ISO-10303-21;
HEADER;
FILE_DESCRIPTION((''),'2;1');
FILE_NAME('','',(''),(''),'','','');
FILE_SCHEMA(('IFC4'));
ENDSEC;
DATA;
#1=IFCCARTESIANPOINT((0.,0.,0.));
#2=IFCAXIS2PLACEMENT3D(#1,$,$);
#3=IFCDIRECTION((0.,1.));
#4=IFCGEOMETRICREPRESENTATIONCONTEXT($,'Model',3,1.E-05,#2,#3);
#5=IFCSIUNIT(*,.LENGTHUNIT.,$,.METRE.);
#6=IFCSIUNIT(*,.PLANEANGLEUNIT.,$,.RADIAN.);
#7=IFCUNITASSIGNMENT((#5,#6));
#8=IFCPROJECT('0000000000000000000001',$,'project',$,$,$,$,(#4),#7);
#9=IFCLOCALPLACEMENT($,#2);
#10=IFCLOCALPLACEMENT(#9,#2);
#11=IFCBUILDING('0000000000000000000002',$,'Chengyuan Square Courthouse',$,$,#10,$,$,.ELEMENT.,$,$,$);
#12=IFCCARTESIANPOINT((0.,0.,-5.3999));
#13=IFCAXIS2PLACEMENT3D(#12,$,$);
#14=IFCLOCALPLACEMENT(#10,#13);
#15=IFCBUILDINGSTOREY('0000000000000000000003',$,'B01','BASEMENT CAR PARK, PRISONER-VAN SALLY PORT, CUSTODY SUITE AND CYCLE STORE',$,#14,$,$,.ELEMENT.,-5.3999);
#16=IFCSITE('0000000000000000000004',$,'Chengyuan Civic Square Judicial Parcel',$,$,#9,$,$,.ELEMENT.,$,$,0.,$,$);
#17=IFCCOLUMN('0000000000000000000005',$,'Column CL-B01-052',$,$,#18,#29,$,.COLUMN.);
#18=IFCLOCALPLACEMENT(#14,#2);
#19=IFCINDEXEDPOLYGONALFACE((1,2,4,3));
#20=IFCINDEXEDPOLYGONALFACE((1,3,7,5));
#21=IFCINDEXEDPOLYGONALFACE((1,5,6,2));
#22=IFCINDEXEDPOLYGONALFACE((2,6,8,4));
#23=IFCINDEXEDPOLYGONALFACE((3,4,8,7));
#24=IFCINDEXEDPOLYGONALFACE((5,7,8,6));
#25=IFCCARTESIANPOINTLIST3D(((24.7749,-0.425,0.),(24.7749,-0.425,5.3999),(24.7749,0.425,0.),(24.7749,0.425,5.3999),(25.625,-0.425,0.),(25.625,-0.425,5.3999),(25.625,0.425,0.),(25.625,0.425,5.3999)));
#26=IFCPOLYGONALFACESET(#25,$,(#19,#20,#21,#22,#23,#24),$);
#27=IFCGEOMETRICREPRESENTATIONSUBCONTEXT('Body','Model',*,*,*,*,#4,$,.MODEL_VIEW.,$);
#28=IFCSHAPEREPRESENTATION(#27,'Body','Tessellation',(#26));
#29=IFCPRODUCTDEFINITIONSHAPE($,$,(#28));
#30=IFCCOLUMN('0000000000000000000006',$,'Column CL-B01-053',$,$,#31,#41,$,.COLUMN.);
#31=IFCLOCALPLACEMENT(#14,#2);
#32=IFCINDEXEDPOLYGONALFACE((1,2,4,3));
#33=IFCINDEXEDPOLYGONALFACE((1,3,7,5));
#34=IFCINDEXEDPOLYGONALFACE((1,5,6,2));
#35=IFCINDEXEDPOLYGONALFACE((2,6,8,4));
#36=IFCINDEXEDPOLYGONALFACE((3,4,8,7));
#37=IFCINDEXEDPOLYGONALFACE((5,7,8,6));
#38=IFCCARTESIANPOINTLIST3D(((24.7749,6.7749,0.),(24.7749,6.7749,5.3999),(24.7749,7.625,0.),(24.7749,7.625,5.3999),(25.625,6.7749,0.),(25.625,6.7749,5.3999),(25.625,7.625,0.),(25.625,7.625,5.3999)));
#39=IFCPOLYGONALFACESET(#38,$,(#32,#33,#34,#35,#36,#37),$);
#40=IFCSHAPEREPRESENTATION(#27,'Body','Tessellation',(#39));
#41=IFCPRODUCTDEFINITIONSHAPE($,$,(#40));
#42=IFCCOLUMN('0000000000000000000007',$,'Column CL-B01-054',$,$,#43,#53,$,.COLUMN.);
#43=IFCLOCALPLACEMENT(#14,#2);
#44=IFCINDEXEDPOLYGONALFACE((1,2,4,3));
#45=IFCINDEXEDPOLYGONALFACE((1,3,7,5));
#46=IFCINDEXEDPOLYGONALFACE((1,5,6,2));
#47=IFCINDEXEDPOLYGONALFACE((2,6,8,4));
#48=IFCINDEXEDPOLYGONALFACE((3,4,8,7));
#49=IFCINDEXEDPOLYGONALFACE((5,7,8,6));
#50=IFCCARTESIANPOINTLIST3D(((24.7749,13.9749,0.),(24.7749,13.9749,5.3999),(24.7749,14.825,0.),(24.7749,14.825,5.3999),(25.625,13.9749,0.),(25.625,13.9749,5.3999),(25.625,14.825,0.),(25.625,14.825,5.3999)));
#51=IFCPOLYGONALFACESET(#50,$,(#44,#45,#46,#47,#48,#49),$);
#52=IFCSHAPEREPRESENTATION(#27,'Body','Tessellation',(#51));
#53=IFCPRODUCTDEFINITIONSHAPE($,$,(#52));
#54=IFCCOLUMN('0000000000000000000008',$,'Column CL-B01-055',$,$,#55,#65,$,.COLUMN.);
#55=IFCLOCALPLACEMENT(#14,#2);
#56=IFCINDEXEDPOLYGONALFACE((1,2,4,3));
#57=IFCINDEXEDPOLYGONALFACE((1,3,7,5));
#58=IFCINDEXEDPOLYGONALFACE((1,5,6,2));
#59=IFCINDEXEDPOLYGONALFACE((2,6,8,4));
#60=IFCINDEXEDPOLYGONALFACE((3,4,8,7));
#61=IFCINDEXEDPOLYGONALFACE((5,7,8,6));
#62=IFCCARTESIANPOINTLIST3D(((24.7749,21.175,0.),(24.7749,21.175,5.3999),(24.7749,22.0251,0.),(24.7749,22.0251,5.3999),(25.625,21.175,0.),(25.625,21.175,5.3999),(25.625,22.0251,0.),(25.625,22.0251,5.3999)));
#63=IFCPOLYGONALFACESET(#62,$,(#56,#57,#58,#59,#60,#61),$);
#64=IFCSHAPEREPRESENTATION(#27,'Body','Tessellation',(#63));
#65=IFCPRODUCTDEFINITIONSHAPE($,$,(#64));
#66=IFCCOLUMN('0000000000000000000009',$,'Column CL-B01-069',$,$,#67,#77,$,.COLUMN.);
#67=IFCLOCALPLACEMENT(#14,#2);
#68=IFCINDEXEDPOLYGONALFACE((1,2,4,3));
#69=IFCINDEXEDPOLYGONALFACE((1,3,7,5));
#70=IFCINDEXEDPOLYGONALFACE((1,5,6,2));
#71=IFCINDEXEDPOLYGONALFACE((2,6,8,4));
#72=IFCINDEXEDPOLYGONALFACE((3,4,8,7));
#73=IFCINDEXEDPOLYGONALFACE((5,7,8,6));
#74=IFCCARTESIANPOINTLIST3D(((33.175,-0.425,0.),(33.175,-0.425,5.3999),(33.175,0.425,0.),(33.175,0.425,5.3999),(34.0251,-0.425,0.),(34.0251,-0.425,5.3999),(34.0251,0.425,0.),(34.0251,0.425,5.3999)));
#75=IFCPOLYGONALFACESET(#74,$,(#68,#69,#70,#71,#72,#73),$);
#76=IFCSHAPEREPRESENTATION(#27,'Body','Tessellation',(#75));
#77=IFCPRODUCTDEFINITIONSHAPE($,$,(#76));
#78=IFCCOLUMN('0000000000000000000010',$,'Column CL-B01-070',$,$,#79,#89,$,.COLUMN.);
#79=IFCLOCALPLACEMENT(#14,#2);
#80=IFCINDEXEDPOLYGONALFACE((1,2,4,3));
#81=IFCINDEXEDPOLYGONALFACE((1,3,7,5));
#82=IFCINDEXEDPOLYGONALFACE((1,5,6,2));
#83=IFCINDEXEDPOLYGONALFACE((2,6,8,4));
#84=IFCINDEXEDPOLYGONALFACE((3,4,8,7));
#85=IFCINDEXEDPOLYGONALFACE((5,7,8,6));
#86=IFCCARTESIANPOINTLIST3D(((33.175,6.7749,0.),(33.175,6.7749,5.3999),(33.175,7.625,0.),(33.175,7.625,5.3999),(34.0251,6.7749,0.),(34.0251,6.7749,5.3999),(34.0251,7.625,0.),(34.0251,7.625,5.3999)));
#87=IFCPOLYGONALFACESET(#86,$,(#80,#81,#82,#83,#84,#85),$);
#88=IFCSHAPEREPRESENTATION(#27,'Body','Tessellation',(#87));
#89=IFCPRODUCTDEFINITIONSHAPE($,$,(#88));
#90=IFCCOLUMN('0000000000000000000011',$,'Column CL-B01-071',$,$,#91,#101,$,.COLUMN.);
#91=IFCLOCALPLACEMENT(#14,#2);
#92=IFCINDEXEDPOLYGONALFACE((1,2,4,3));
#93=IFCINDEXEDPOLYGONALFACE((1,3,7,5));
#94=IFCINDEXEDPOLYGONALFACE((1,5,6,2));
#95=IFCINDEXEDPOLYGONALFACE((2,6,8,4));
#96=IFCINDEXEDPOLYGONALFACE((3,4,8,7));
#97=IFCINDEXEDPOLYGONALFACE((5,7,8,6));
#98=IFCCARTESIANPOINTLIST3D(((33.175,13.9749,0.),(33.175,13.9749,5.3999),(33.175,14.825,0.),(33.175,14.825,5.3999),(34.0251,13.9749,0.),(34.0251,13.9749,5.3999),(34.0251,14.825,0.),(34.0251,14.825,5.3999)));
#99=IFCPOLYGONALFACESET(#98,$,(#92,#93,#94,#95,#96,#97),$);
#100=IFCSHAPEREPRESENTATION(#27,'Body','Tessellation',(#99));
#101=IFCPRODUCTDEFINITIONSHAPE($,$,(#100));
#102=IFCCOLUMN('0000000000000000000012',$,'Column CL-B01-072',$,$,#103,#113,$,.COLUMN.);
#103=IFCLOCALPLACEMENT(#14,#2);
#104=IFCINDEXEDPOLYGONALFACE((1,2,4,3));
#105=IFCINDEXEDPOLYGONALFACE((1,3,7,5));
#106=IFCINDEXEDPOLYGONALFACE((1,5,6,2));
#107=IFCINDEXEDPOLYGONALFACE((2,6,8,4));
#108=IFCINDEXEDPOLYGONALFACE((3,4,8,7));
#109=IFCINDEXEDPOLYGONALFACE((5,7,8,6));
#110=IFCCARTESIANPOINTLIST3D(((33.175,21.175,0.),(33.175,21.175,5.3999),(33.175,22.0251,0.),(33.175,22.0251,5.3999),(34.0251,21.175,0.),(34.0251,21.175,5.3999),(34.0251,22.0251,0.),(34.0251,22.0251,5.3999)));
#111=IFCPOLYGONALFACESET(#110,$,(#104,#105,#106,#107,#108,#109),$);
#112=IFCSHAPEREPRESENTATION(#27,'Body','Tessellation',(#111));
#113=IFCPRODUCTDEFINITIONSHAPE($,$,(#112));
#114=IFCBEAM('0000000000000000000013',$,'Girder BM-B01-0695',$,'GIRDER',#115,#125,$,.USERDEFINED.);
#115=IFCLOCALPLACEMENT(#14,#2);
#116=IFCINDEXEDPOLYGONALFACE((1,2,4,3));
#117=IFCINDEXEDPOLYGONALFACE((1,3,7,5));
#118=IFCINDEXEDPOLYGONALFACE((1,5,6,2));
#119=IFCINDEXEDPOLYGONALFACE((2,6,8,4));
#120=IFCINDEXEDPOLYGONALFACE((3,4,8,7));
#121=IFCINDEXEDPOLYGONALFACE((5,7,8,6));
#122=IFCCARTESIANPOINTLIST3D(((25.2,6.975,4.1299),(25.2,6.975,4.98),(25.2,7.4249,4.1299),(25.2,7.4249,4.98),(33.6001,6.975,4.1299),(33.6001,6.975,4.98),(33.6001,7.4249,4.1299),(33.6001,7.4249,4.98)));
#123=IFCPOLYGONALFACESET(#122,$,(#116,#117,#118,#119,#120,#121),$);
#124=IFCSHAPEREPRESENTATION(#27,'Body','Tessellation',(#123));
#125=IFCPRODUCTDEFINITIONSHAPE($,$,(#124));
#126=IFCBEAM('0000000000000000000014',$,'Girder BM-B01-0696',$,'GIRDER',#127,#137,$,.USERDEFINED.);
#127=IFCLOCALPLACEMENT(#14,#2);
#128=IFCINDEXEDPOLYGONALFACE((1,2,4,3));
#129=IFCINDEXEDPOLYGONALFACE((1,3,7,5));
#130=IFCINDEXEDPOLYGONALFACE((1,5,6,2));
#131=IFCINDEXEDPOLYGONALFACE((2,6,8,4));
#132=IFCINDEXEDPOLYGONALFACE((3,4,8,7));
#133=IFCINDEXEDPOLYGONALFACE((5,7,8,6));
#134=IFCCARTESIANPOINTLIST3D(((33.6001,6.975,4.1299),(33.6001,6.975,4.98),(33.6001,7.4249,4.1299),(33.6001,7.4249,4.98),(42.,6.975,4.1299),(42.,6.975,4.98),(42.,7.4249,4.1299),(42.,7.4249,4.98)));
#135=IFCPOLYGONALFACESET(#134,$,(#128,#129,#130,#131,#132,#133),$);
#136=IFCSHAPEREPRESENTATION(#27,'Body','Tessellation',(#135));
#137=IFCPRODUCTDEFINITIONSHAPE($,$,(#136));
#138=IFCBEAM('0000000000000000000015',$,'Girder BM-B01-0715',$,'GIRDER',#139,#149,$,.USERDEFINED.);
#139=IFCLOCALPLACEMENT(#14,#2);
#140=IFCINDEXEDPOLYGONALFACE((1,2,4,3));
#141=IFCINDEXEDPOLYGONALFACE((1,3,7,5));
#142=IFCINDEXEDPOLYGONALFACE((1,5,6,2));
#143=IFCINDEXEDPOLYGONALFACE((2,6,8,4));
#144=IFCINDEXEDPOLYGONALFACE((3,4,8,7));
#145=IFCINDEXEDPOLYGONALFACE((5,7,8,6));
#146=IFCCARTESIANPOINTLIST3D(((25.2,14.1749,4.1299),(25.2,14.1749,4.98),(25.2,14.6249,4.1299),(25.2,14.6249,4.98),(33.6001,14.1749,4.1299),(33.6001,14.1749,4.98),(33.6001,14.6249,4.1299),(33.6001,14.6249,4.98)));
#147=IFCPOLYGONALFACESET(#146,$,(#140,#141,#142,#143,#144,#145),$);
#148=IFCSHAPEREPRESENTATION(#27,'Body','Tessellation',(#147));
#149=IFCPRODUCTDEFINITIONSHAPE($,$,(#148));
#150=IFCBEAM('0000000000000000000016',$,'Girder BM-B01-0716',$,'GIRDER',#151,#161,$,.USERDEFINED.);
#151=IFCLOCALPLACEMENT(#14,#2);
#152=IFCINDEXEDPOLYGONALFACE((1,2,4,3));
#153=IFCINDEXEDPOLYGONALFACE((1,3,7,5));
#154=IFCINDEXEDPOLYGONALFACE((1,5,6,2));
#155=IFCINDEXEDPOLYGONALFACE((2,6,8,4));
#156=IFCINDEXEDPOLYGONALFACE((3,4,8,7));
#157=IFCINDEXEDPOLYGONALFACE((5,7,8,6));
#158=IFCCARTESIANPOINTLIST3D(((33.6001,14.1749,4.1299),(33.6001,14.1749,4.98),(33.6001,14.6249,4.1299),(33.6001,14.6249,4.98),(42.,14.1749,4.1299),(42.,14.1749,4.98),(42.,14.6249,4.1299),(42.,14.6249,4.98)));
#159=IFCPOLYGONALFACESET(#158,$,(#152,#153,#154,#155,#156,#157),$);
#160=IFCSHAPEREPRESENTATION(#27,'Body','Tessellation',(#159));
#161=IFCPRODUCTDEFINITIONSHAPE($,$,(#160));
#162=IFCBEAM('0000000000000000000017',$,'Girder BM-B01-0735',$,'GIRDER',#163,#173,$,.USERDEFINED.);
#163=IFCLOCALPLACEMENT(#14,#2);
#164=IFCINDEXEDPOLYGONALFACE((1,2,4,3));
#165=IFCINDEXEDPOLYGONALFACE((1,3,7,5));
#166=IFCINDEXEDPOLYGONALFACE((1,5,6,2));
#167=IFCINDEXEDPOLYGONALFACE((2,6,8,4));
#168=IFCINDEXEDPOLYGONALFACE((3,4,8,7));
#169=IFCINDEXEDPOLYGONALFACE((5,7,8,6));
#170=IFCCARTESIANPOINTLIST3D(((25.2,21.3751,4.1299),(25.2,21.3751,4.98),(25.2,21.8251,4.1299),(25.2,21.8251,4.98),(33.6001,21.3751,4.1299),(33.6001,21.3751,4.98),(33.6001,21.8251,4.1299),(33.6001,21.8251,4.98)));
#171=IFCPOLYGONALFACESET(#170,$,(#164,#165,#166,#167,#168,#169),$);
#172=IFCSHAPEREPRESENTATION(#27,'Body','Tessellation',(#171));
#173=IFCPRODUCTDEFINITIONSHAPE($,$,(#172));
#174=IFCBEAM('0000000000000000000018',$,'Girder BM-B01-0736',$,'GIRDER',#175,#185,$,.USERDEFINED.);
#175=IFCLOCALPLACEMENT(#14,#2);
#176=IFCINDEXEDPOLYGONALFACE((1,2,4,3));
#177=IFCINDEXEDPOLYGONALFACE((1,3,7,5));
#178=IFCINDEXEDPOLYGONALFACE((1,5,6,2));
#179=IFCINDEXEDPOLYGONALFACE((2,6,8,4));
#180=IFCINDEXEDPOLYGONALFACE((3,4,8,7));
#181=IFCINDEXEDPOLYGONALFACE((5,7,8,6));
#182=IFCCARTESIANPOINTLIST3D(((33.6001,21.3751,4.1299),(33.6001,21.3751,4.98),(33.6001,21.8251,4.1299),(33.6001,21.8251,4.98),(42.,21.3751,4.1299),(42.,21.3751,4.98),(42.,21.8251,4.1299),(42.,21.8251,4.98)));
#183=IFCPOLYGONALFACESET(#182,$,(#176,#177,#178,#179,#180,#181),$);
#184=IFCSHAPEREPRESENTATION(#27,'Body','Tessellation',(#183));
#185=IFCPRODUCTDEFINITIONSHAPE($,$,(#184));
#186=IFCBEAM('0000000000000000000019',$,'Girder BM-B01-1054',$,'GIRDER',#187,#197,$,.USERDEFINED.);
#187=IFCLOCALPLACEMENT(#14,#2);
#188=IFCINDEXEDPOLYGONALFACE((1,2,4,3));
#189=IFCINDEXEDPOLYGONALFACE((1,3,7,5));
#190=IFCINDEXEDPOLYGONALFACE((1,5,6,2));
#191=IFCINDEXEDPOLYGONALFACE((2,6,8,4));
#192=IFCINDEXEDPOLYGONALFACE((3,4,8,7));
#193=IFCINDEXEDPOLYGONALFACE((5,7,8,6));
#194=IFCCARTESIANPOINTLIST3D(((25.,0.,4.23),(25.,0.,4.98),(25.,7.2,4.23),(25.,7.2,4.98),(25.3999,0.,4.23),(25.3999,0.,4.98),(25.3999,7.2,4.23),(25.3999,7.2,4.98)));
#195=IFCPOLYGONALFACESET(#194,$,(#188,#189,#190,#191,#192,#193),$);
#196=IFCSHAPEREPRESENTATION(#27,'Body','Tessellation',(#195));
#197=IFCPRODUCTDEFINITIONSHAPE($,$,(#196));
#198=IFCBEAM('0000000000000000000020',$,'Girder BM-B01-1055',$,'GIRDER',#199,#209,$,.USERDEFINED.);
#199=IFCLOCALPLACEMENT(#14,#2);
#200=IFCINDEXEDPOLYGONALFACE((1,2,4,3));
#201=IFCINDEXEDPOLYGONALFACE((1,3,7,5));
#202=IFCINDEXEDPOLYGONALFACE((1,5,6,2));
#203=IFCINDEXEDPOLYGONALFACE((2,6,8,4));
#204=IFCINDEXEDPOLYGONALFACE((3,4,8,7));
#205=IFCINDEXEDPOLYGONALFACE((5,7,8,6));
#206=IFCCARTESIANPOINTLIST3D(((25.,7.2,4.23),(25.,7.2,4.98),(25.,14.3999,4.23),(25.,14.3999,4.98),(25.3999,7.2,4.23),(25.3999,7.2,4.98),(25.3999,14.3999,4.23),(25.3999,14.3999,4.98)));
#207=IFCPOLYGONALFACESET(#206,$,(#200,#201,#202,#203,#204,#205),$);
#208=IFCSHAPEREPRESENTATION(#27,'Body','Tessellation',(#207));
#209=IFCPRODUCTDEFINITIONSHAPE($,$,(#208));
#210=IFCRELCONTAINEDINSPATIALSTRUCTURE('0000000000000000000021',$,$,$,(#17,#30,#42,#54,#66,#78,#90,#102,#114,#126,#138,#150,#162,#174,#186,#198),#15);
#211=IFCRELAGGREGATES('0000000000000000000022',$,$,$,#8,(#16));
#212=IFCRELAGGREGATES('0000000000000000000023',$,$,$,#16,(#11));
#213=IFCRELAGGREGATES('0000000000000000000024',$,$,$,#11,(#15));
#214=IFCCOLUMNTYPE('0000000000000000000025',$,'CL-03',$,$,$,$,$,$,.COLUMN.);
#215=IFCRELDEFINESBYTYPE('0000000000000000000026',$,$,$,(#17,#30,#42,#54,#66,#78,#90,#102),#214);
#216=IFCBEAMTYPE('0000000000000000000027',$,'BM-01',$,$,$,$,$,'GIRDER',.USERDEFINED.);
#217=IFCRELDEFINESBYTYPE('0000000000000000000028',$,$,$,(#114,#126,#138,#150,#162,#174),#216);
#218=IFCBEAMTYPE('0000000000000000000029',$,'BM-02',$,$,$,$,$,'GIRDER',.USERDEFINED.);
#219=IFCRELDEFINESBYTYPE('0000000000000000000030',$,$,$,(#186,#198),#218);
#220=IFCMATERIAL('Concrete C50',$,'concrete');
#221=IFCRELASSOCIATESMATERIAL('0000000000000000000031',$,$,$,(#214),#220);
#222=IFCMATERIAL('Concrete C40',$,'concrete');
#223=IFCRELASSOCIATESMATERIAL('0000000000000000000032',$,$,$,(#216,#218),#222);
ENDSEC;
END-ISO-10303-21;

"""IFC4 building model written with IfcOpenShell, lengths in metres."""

from ifc_helpers import new_model, si_unit, direction, frame, origin, origin_2d, place, context, subcontext, project, spatial, rectangle, extrude, material, material_profile, profile_set, type_object, element, save


model = new_model("IFC4")

# Units and contexts
model_context = context("Model", 3, precision=1e-05, world=origin(), true_north=direction((0.0, 1.0)))
body_context = subcontext(model_context, "Body", "Model", "MODEL_VIEW")
ifc_project = project(units=[si_unit("LENGTHUNIT", "METRE"), si_unit("PLANEANGLEUNIT", "RADIAN")], contexts=[model_context])

# Site, building, storey
site_placement = place(None, origin())
site = spatial("IfcSite", under=ifc_project, at=site_placement, Name="Chengyuan Civic Square Judicial Parcel", CompositionType="ELEMENT", RefElevation=0.0)
building_placement = place(site_placement, origin())
building = spatial("IfcBuilding", under=site, at=building_placement, Name="Chengyuan Square Courthouse", CompositionType="ELEMENT")
storey_placement = place(building_placement, frame((0.0, 0.0, -5.3999)))
storey = spatial("IfcBuildingStorey", under=building, at=storey_placement, Name="B01", Description="BASEMENT CAR PARK, PRISONER-VAN SALLY PORT, CUSTODY SUITE AND CYCLE STORE", CompositionType="ELEMENT", Elevation=-5.3999)

# Columns
ifc_material_1 = material(Name="Concrete C50", Category="concrete")
ifc_material_profile_1 = material_profile(ifc_material_1, rectangle(XDim=0.8501, YDim=0.8501, at=origin_2d()), Name="RC-COL-850x850")
ifc_profile_set_1 = profile_set([ifc_material_profile_1], Name="Concrete C50")
column_type = type_object("IfcColumnType", Name="CL-03", PredefinedType="COLUMN", material=ifc_profile_set_1)
for number, where, z_axis, x_axis, name in (
    (1, (25.2, 0.0, 0.0), (0.0, 0.0, 1.0), (1.0, 0.0, 0.0), "Column CL-B01-052"),
    (2, (25.2, 7.2, 0.0), (0.0, 0.0, 1.0), (1.0, 0.0, 0.0), "Column CL-B01-053"),
    (3, (25.2, 14.3999, 0.0), (0.0, 0.0, 1.0), (1.0, 0.0, 0.0), "Column CL-B01-054"),
    (4, (25.2, 21.6001, 0.0), (0.0, 0.0, 1.0), (1.0, 0.0, 0.0), "Column CL-B01-055"),
    (5, (33.6001, 0.0, 0.0), (0.0, 0.0, 1.0), (1.0, 0.0, 0.0), "Column CL-B01-069"),
    (6, (33.6001, 7.2, 0.0), (0.0, 0.0, 1.0), (1.0, 0.0, 0.0), "Column CL-B01-070"),
    (7, (33.6001, 14.3999, 0.0), (0.0, 0.0, 1.0), (1.0, 0.0, 0.0), "Column CL-B01-071"),
    (8, (33.6001, 21.6001, 0.0), (0.0, 0.0, 1.0), (1.0, 0.0, 0.0), "Column CL-B01-072"),
):
    element("IfcColumn", number, at=place(storey_placement, frame(where, z_axis=z_axis, x_axis=x_axis)), inside=storey, type_object=column_type, Name=name, PredefinedType="COLUMN", context=body_context, shape_type="SweptSolid", body=[
        extrude(rectangle(XDim=0.8501, YDim=0.8501, at=origin_2d()), origin(), (0.0, 0.0, 1.0), 5.3999),
    ])

# Beams
ifc_material_2 = material(Name="Concrete C40", Category="concrete")
ifc_material_profile_2 = material_profile(ifc_material_2, rectangle(XDim=0.45, YDim=0.8501, at=origin_2d()), Name="RC-BM-450x850")
ifc_profile_set_2 = profile_set([ifc_material_profile_2], Name="Concrete C40")
beam_type_1 = type_object("IfcBeamType", Name="BM-01", ElementType="GIRDER", PredefinedType="USERDEFINED", material=ifc_profile_set_2)
beam_1_placement = place(storey_placement, frame((25.2, 7.2, 4.5549), z_axis=(1.0, 0.0, 0.0), x_axis=(0.0, 1.0, 0.0)))
element("IfcBeam", 9, at=beam_1_placement, inside=storey, type_object=beam_type_1, Name="Girder BM-B01-0695", ObjectType="GIRDER", PredefinedType="USERDEFINED", context=body_context, shape_type="SweptSolid", body=[
    extrude(rectangle(XDim=0.45, YDim=0.8501, at=origin_2d()), origin(), (0.0, 0.0, 1.0), 8.4001),
])
beam_2_placement = place(storey_placement, frame((33.6001, 7.2, 4.5549), z_axis=(1.0, 0.0, 0.0), x_axis=(0.0, 1.0, 0.0)))
element("IfcBeam", 10, at=beam_2_placement, inside=storey, type_object=beam_type_1, Name="Girder BM-B01-0696", ObjectType="GIRDER", PredefinedType="USERDEFINED", context=body_context, shape_type="SweptSolid", body=[
    extrude(rectangle(XDim=0.45, YDim=0.8501, at=origin_2d()), origin(), (0.0, 0.0, 1.0), 8.3999),
])
beam_3_placement = place(storey_placement, frame((25.2, 14.3999, 4.5549), z_axis=(1.0, 0.0, 0.0), x_axis=(0.0, 1.0, 0.0)))
element("IfcBeam", 11, at=beam_3_placement, inside=storey, type_object=beam_type_1, Name="Girder BM-B01-0715", ObjectType="GIRDER", PredefinedType="USERDEFINED", context=body_context, shape_type="SweptSolid", body=[
    extrude(rectangle(XDim=0.45, YDim=0.8501, at=origin_2d()), origin(), (0.0, 0.0, 1.0), 8.4001),
])
beam_4_placement = place(storey_placement, frame((33.6001, 14.3999, 4.5549), z_axis=(1.0, 0.0, 0.0), x_axis=(0.0, 1.0, 0.0)))
element("IfcBeam", 12, at=beam_4_placement, inside=storey, type_object=beam_type_1, Name="Girder BM-B01-0716", ObjectType="GIRDER", PredefinedType="USERDEFINED", context=body_context, shape_type="SweptSolid", body=[
    extrude(rectangle(XDim=0.45, YDim=0.8501, at=origin_2d()), origin(), (0.0, 0.0, 1.0), 8.3999),
])
beam_5_placement = place(storey_placement, frame((25.2, 21.6001, 4.5549), z_axis=(1.0, 0.0, 0.0), x_axis=(0.0, 1.0, 0.0)))
element("IfcBeam", 13, at=beam_5_placement, inside=storey, type_object=beam_type_1, Name="Girder BM-B01-0735", ObjectType="GIRDER", PredefinedType="USERDEFINED", context=body_context, shape_type="SweptSolid", body=[
    extrude(rectangle(XDim=0.45, YDim=0.8501, at=origin_2d()), origin(), (0.0, 0.0, 1.0), 8.4001),
])
beam_6_placement = place(storey_placement, frame((33.6001, 21.6001, 4.5549), z_axis=(1.0, 0.0, 0.0), x_axis=(0.0, 1.0, 0.0)))
element("IfcBeam", 14, at=beam_6_placement, inside=storey, type_object=beam_type_1, Name="Girder BM-B01-0736", ObjectType="GIRDER", PredefinedType="USERDEFINED", context=body_context, shape_type="SweptSolid", body=[
    extrude(rectangle(XDim=0.45, YDim=0.8501, at=origin_2d()), origin(), (0.0, 0.0, 1.0), 8.3999),
])
ifc_material_profile_3 = material_profile(ifc_material_2, rectangle(XDim=0.3999, YDim=0.75, at=origin_2d()), Name="RC-BM-400x750")
ifc_profile_set_3 = profile_set([ifc_material_profile_3], Name="Concrete C40")
beam_type_2 = type_object("IfcBeamType", Name="BM-02", ElementType="GIRDER", PredefinedType="USERDEFINED", material=ifc_profile_set_3)
for number, where, z_axis, x_axis, name in (
    (15, (25.2, 0.0, 4.605), (0.0, 1.0, 0.0), (-1.0, 0.0, 0.0), "Girder BM-B01-1054"),
    (16, (25.2, 7.2, 4.605), (0.0, 1.0, 0.0), (-1.0, 0.0, 0.0), "Girder BM-B01-1055"),
):
    element("IfcBeam", number, at=place(storey_placement, frame(where, z_axis=z_axis, x_axis=x_axis)), inside=storey, type_object=beam_type_2, Name=name, ObjectType="GIRDER", PredefinedType="USERDEFINED", context=body_context, shape_type="SweptSolid", body=[
        extrude(rectangle(XDim=0.3999, YDim=0.75, at=origin_2d()), origin(), (0.0, 0.0, 1.0), 7.2),
    ])

save(model, "model.ifc")
